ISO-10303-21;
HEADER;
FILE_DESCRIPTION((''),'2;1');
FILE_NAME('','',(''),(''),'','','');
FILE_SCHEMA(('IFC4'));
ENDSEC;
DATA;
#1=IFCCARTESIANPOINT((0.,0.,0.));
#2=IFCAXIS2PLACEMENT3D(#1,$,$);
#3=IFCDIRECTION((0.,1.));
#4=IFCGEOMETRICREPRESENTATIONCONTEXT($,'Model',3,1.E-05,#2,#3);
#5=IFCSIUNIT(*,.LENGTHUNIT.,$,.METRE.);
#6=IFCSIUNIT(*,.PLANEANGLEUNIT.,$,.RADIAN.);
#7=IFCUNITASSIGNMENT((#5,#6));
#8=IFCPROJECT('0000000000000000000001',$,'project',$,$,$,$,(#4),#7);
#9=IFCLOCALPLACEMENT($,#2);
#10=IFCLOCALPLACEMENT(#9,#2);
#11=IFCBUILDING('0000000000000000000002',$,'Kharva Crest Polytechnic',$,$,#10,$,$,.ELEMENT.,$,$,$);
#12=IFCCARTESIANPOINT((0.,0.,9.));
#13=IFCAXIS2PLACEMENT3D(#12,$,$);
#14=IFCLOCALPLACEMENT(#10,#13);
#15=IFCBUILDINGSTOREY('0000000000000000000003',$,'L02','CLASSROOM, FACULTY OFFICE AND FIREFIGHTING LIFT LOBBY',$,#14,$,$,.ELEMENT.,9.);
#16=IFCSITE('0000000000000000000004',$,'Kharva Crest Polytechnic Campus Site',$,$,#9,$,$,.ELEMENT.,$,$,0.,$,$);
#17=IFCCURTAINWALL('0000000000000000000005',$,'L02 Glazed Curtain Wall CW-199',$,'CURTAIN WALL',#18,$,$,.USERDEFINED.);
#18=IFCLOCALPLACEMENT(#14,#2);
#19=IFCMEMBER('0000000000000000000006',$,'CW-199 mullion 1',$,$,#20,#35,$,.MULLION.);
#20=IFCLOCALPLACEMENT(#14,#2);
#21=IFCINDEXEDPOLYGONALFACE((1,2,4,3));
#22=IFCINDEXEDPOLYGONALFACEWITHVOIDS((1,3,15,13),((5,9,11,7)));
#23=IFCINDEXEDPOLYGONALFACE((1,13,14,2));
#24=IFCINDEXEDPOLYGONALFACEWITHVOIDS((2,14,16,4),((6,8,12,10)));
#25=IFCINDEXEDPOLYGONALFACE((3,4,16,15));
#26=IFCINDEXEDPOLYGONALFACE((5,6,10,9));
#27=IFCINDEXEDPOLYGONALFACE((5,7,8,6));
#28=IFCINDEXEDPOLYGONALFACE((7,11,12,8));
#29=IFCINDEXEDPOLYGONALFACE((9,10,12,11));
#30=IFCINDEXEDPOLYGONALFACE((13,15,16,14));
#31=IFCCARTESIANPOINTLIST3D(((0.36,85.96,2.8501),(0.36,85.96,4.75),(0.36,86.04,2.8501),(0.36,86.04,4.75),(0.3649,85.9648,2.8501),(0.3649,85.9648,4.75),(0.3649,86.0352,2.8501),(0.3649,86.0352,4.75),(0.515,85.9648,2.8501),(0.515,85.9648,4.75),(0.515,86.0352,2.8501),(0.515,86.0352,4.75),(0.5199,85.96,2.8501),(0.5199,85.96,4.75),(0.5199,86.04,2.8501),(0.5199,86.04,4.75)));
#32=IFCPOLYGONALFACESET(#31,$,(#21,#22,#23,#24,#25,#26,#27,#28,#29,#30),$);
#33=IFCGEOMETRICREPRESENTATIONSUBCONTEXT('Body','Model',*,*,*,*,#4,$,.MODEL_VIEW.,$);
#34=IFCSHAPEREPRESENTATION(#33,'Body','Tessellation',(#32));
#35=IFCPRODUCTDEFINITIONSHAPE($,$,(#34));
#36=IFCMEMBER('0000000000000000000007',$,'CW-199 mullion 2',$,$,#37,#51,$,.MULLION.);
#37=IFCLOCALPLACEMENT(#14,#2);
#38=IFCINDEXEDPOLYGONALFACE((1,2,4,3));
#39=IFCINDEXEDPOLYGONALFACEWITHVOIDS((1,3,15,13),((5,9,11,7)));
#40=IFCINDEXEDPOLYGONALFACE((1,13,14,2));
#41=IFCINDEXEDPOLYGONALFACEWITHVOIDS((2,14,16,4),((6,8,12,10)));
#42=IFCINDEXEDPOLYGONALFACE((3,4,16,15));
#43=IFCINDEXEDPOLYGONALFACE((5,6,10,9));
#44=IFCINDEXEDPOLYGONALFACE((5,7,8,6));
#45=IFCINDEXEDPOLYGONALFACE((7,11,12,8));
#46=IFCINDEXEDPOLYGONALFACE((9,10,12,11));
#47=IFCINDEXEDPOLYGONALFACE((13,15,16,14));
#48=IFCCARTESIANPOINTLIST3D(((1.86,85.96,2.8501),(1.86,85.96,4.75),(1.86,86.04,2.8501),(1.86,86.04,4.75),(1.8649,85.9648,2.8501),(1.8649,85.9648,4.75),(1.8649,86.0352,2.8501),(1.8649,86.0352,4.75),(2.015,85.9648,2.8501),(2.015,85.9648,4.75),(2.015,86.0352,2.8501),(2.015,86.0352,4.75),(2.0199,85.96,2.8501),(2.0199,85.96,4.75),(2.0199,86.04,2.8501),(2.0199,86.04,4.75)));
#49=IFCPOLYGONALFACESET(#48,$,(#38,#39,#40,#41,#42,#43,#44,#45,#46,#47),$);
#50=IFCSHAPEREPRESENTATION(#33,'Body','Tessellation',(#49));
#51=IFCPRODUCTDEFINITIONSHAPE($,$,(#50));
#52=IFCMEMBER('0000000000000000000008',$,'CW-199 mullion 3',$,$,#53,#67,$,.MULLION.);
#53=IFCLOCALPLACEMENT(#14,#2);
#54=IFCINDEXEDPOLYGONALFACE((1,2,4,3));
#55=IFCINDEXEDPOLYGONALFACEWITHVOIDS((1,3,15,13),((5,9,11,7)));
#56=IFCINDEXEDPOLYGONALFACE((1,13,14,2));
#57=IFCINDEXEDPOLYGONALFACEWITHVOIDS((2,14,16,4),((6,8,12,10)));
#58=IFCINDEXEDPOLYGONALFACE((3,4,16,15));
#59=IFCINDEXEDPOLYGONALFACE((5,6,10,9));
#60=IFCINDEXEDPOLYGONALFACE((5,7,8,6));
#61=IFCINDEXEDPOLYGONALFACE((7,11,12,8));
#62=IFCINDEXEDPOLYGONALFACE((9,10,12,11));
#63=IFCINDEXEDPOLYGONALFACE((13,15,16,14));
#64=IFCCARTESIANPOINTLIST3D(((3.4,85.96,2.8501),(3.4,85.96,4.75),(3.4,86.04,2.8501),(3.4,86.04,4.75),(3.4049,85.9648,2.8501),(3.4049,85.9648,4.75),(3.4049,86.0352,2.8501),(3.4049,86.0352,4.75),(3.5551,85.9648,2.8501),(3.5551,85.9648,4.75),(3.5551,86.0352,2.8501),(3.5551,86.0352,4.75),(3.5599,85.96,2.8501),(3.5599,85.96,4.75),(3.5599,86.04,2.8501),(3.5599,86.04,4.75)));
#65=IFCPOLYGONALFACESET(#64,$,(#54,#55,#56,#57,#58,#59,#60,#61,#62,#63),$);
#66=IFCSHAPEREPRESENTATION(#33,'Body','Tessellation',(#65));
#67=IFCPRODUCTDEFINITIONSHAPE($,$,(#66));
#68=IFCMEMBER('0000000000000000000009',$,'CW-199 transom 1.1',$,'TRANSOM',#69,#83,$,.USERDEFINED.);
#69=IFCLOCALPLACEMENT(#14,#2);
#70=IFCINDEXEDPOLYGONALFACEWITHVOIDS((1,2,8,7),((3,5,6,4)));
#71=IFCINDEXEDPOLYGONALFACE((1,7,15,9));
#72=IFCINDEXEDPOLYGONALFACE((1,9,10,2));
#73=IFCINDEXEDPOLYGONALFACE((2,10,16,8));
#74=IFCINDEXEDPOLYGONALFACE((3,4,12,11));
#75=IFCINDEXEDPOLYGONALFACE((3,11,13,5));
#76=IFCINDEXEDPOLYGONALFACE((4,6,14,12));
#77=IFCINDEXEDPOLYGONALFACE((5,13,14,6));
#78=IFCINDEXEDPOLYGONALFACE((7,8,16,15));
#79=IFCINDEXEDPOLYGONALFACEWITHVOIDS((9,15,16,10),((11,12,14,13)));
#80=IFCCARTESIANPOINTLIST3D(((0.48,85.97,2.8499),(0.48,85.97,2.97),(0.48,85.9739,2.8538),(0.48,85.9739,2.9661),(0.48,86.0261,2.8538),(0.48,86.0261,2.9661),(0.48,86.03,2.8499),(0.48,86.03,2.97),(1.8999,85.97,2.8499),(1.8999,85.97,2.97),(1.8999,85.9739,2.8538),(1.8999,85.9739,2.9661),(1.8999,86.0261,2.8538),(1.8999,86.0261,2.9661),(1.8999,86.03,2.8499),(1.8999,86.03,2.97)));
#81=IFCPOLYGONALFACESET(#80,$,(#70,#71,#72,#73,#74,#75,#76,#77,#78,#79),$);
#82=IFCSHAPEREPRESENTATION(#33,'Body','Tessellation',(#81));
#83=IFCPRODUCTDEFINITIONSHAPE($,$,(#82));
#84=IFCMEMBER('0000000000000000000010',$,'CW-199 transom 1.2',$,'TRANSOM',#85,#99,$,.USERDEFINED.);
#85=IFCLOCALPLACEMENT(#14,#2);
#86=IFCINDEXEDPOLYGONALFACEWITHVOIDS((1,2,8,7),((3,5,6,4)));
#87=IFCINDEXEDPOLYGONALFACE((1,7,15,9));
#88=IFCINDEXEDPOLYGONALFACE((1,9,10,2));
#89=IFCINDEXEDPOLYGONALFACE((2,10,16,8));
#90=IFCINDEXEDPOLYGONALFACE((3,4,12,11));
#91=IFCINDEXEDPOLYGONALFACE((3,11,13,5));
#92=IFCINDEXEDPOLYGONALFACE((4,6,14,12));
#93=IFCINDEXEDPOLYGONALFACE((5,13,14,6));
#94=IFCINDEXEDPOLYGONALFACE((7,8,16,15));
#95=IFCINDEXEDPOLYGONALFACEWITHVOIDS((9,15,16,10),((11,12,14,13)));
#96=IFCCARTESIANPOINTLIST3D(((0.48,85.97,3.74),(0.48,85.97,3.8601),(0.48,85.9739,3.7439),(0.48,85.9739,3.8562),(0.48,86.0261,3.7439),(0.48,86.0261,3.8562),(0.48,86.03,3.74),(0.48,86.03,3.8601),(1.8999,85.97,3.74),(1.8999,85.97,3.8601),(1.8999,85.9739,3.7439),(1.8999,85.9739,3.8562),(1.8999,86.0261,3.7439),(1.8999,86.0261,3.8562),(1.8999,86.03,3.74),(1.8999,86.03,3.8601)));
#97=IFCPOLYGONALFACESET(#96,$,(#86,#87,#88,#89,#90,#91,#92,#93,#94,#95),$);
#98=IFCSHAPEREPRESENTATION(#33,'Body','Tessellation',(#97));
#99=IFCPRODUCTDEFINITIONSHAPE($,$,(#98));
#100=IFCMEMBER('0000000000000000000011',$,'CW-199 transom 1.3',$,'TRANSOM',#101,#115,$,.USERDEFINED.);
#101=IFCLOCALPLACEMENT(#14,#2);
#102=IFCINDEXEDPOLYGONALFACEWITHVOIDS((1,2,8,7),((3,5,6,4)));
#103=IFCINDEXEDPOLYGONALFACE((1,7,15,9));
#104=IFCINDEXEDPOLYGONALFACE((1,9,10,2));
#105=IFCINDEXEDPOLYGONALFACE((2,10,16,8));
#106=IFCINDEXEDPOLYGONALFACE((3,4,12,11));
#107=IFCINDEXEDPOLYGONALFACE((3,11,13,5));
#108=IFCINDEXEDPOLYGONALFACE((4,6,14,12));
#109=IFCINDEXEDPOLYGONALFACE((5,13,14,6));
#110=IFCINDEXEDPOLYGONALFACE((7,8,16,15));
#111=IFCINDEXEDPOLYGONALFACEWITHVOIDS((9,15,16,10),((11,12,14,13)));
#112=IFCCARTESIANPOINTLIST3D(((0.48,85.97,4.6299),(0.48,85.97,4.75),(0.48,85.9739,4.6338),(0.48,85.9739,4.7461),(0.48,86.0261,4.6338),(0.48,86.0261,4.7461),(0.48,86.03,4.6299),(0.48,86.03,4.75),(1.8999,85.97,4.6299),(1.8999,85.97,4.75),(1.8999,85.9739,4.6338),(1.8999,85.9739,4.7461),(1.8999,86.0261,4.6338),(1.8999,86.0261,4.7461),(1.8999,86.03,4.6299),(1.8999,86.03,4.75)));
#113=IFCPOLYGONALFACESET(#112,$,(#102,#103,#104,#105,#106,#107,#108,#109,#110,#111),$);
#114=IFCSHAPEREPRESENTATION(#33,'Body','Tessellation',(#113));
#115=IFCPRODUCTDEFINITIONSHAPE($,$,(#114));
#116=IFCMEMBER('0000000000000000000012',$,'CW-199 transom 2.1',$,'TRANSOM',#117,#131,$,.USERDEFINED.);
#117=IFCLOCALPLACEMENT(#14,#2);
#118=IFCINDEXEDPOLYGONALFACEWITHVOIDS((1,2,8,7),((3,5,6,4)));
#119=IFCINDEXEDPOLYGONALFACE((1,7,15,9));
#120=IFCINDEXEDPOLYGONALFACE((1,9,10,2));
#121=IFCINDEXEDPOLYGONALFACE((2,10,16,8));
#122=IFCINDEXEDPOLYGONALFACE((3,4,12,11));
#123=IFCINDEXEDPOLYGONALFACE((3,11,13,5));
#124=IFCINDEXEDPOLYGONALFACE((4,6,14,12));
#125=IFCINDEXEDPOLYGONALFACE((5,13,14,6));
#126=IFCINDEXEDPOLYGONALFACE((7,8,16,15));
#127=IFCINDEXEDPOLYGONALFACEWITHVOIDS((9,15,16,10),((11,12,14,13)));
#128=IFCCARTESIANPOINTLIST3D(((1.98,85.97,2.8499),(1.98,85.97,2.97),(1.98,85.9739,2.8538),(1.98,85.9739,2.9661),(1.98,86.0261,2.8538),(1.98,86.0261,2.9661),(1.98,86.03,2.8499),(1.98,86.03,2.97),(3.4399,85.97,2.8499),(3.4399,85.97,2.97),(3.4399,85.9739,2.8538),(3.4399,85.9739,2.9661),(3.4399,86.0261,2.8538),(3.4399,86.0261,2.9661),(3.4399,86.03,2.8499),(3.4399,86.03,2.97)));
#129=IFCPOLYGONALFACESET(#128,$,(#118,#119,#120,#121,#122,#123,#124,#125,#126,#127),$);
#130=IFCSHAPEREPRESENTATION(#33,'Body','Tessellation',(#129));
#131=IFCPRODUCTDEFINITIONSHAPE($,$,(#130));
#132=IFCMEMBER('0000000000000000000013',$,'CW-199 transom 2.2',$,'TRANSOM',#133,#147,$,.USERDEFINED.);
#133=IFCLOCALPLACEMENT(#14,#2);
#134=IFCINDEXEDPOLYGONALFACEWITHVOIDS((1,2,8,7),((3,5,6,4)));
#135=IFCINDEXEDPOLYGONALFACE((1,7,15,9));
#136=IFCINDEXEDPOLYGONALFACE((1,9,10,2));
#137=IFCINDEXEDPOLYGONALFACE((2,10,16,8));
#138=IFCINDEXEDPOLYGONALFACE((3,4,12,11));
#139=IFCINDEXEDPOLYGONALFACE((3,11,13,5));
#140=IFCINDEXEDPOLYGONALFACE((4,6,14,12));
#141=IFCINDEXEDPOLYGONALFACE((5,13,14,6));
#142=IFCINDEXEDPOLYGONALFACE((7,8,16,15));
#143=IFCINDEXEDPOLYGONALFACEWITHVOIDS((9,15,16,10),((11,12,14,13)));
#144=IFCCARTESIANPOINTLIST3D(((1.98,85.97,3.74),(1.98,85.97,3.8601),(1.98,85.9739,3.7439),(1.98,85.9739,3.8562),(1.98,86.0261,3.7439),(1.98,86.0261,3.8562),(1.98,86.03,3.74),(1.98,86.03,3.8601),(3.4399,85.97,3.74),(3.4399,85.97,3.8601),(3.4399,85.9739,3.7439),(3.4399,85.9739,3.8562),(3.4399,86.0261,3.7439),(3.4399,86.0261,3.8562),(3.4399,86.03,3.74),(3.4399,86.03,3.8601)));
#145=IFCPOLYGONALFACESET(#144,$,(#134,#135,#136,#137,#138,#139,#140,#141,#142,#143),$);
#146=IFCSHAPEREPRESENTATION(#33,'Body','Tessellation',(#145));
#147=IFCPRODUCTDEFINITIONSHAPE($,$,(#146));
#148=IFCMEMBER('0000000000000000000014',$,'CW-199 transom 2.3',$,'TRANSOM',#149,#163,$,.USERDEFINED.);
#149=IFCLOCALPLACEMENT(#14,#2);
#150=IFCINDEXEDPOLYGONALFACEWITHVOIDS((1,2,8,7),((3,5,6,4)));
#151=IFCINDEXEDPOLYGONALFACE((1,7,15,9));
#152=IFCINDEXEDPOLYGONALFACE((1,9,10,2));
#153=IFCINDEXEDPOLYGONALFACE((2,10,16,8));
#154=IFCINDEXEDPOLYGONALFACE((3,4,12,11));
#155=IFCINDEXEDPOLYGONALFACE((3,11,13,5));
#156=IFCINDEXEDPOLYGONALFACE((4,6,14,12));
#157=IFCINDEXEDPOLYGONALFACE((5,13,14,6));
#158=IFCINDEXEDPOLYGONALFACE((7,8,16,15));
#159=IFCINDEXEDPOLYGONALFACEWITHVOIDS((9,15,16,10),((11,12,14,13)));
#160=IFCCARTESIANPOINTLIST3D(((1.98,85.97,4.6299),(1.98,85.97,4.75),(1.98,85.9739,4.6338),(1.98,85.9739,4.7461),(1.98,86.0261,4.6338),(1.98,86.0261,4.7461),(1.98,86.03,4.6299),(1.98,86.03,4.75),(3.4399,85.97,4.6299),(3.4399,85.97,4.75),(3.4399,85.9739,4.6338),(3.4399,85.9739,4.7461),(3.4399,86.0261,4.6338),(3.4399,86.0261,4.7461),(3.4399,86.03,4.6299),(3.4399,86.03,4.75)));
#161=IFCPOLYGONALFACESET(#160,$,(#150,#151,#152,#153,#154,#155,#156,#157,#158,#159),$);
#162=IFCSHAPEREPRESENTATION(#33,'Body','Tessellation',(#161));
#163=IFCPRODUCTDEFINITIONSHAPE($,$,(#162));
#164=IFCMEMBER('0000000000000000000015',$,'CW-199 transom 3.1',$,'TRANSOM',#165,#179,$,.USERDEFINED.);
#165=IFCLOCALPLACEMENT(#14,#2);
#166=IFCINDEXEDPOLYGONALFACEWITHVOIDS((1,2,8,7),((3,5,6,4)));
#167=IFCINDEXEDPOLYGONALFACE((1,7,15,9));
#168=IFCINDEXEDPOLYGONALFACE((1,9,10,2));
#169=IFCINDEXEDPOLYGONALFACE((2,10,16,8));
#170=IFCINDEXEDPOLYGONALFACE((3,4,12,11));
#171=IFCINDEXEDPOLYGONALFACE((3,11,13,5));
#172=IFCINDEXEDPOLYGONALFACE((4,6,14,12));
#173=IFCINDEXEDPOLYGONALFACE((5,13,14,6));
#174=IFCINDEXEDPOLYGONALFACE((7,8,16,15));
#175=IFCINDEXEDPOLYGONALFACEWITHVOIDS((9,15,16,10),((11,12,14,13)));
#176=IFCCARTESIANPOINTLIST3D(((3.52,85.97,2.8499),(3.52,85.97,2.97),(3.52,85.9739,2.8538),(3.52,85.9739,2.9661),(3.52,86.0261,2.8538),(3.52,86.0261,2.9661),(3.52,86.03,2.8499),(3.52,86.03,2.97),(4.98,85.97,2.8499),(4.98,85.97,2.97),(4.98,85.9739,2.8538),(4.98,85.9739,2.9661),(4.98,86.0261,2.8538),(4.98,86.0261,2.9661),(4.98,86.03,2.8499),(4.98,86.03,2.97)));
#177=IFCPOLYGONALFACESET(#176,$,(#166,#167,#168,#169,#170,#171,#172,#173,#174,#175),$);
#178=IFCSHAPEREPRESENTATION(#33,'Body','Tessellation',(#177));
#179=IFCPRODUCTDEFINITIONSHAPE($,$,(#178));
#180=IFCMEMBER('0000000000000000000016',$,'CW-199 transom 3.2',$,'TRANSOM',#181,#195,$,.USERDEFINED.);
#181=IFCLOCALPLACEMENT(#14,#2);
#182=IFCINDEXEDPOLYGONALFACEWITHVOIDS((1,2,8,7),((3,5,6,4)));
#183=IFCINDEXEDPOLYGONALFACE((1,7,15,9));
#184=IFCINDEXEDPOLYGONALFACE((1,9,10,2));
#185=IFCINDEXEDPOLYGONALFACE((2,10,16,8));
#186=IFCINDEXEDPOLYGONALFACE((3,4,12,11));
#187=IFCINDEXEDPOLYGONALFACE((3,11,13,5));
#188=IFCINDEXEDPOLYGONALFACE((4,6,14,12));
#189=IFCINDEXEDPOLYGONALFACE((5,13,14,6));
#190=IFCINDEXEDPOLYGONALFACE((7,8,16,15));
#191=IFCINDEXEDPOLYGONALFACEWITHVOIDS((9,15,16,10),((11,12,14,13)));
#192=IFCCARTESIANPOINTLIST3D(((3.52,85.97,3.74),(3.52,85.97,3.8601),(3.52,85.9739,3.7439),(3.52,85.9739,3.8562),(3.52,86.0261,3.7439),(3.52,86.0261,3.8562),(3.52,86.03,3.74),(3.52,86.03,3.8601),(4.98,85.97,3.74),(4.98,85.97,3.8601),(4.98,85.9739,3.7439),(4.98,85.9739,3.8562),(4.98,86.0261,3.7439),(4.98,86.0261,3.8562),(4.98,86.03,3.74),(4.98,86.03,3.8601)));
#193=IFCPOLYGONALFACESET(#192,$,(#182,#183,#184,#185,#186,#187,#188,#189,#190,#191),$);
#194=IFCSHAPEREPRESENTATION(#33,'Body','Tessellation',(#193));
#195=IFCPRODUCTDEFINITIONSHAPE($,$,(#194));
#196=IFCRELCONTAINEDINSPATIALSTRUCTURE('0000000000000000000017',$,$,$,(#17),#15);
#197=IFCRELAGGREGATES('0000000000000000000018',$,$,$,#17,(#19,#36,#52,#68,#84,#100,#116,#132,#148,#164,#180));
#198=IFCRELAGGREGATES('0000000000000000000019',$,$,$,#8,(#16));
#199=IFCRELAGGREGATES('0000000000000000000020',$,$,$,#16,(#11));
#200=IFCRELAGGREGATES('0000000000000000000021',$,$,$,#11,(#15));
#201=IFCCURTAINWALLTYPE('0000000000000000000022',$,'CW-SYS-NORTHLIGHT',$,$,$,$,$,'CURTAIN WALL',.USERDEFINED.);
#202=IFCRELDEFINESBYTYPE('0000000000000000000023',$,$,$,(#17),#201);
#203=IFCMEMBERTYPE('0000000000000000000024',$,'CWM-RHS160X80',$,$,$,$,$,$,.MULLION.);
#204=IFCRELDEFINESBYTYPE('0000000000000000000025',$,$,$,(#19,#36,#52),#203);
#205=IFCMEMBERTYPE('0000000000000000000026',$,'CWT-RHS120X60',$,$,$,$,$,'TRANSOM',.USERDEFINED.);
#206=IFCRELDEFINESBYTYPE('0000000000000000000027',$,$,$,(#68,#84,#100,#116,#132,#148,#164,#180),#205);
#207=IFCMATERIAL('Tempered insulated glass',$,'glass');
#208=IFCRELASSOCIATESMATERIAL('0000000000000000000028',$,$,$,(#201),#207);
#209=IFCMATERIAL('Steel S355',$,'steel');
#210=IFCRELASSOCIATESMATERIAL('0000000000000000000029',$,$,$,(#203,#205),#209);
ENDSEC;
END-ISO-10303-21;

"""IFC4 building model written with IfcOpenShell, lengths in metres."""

from ifc_helpers import new_model, si_unit, direction, frame, origin, origin_2d, place, context, subcontext, project, spatial, hollow_rectangle, extrude, material, material_profile, profile_set, type_object, element, aggregate, save


model = new_model("IFC4")

# Units and contexts
model_context = context("Model", 3, precision=1e-05, world=origin(), true_north=direction((0.0, 1.0)))
body_context = subcontext(model_context, "Body", "Model", "MODEL_VIEW")
ifc_project = project(units=[si_unit("LENGTHUNIT", "METRE"), si_unit("PLANEANGLEUNIT", "RADIAN")], contexts=[model_context])

# Site, building, storey
site_placement = place(None, origin())
site = spatial("IfcSite", under=ifc_project, at=site_placement, Name="Kharva Crest Polytechnic Campus Site", CompositionType="ELEMENT", RefElevation=0.0)
building_placement = place(site_placement, origin())
building = spatial("IfcBuilding", under=site, at=building_placement, Name="Kharva Crest Polytechnic", CompositionType="ELEMENT")
storey_placement = place(building_placement, frame((0.0, 0.0, 9.0)))
storey = spatial("IfcBuildingStorey", under=building, at=storey_placement, Name="L02", Description="CLASSROOM, FACULTY OFFICE AND FIREFIGHTING LIFT LOBBY", CompositionType="ELEMENT", Elevation=9.0)

# Curtain wall, members
ifc_material_1 = material(Name="Tempered insulated glass", Category="glass")
curtain_wall_type = type_object("IfcCurtainWallType", Name="CW-SYS-NORTHLIGHT", ElementType="CURTAIN WALL", PredefinedType="USERDEFINED", material=ifc_material_1)
curtain_wall_placement = place(storey_placement, origin())
curtain_wall = element("IfcCurtainWall", 1, at=curtain_wall_placement, inside=storey, type_object=curtain_wall_type, Name="L02 Glazed Curtain Wall CW-199", ObjectType="CURTAIN WALL", PredefinedType="USERDEFINED")
ifc_material_2 = material(Name="Steel S355", Category="steel")
ifc_material_profile_1 = material_profile(ifc_material_2, hollow_rectangle(XDim=0.0801, YDim=0.1599, WallThickness=0.0049, at=origin_2d()), Name="RHS 160X80X5.0")
ifc_profile_set_1 = profile_set([ifc_material_profile_1], Name="Steel S355")
member_type_1 = type_object("IfcMemberType", Name="CWM-RHS160X80", PredefinedType="MULLION", material=ifc_profile_set_1)
member_1_placement = place(storey_placement, frame((0.4399, 86.0, 2.8501), z_axis=(0.0, 0.0, 1.0), x_axis=(0.0, 1.0, 0.0)))
member_1 = element("IfcMember", 2, at=member_1_placement, type_object=member_type_1, Name="CW-199 mullion 1", PredefinedType="MULLION", context=body_context, shape_type="SweptSolid", body=[
    extrude(hollow_rectangle(XDim=0.0801, YDim=0.1599, WallThickness=0.0049, at=origin_2d()), origin(), (0.0, 0.0, 1.0), 1.8999),
])
member_2_placement = place(storey_placement, frame((1.9399, 86.0, 2.8501), z_axis=(0.0, 0.0, 1.0), x_axis=(0.0, 1.0, 0.0)))
member_2 = element("IfcMember", 3, at=member_2_placement, type_object=member_type_1, Name="CW-199 mullion 2", PredefinedType="MULLION", context=body_context, shape_type="SweptSolid", body=[
    extrude(hollow_rectangle(XDim=0.0801, YDim=0.1599, WallThickness=0.0049, at=origin_2d()), origin(), (0.0, 0.0, 1.0), 1.8999),
])
member_3_placement = place(storey_placement, frame((3.48, 86.0, 2.8501), z_axis=(0.0, 0.0, 1.0), x_axis=(0.0, 1.0, 0.0)))
member_3 = element("IfcMember", 4, at=member_3_placement, type_object=member_type_1, Name="CW-199 mullion 3", PredefinedType="MULLION", context=body_context, shape_type="SweptSolid", body=[
    extrude(hollow_rectangle(XDim=0.0801, YDim=0.1599, WallThickness=0.0049, at=origin_2d()), origin(), (0.0, 0.0, 1.0), 1.8999),
])
ifc_material_profile_2 = material_profile(ifc_material_2, hollow_rectangle(XDim=0.0601, YDim=0.1201, WallThickness=0.0039, at=origin_2d()), Name="RHS 120X60X4.0")
ifc_profile_set_2 = profile_set([ifc_material_profile_2], Name="Steel S355")
member_type_2 = type_object("IfcMemberType", Name="CWT-RHS120X60", ElementType="TRANSOM", PredefinedType="USERDEFINED", material=ifc_profile_set_2)
member_4_placement = place(storey_placement, frame((0.48, 86.0, 2.9099), z_axis=(1.0, 0.0, 0.0), x_axis=(0.0, 1.0, 0.0)))
member_4 = element("IfcMember", 5, at=member_4_placement, type_object=member_type_2, Name="CW-199 transom 1.1", ObjectType="TRANSOM", PredefinedType="USERDEFINED", context=body_context, shape_type="SweptSolid", body=[
    extrude(hollow_rectangle(XDim=0.0601, YDim=0.1201, WallThickness=0.0039, at=origin_2d()), origin(), (0.0, 0.0, 1.0), 1.4199),
])
member_5_placement = place(storey_placement, frame((0.48, 86.0, 3.8), z_axis=(1.0, 0.0, 0.0), x_axis=(0.0, 1.0, 0.0)))
member_5 = element("IfcMember", 6, at=member_5_placement, type_object=member_type_2, Name="CW-199 transom 1.2", ObjectType="TRANSOM", PredefinedType="USERDEFINED", context=body_context, shape_type="SweptSolid", body=[
    extrude(hollow_rectangle(XDim=0.0601, YDim=0.1201, WallThickness=0.0039, at=origin_2d()), origin(), (0.0, 0.0, 1.0), 1.4199),
])
member_6_placement = place(storey_placement, frame((0.48, 86.0, 4.6899), z_axis=(1.0, 0.0, 0.0), x_axis=(0.0, 1.0, 0.0)))
member_6 = element("IfcMember", 7, at=member_6_placement, type_object=member_type_2, Name="CW-199 transom 1.3", ObjectType="TRANSOM", PredefinedType="USERDEFINED", context=body_context, shape_type="SweptSolid", body=[
    extrude(hollow_rectangle(XDim=0.0601, YDim=0.1201, WallThickness=0.0039, at=origin_2d()), origin(), (0.0, 0.0, 1.0), 1.4199),
])
member_7_placement = place(storey_placement, frame((1.98, 86.0, 2.9099), z_axis=(1.0, 0.0, 0.0), x_axis=(0.0, 1.0, 0.0)))
member_7 = element("IfcMember", 8, at=member_7_placement, type_object=member_type_2, Name="CW-199 transom 2.1", ObjectType="TRANSOM", PredefinedType="USERDEFINED", context=body_context, shape_type="SweptSolid", body=[
    extrude(hollow_rectangle(XDim=0.0601, YDim=0.1201, WallThickness=0.0039, at=origin_2d()), origin(), (0.0, 0.0, 1.0), 1.46),
])
member_8_placement = place(storey_placement, frame((1.98, 86.0, 3.8), z_axis=(1.0, 0.0, 0.0), x_axis=(0.0, 1.0, 0.0)))
member_8 = element("IfcMember", 9, at=member_8_placement, type_object=member_type_2, Name="CW-199 transom 2.2", ObjectType="TRANSOM", PredefinedType="USERDEFINED", context=body_context, shape_type="SweptSolid", body=[
    extrude(hollow_rectangle(XDim=0.0601, YDim=0.1201, WallThickness=0.0039, at=origin_2d()), origin(), (0.0, 0.0, 1.0), 1.46),
])
member_9_placement = place(storey_placement, frame((1.98, 86.0, 4.6899), z_axis=(1.0, 0.0, 0.0), x_axis=(0.0, 1.0, 0.0)))
member_9 = element("IfcMember", 10, at=member_9_placement, type_object=member_type_2, Name="CW-199 transom 2.3", ObjectType="TRANSOM", PredefinedType="USERDEFINED", context=body_context, shape_type="SweptSolid", body=[
    extrude(hollow_rectangle(XDim=0.0601, YDim=0.1201, WallThickness=0.0039, at=origin_2d()), origin(), (0.0, 0.0, 1.0), 1.46),
])
member_10_placement = place(storey_placement, frame((3.52, 86.0, 2.9099), z_axis=(1.0, 0.0, 0.0), x_axis=(0.0, 1.0, 0.0)))
member_10 = element("IfcMember", 11, at=member_10_placement, type_object=member_type_2, Name="CW-199 transom 3.1", ObjectType="TRANSOM", PredefinedType="USERDEFINED", context=body_context, shape_type="SweptSolid", body=[
    extrude(hollow_rectangle(XDim=0.0601, YDim=0.1201, WallThickness=0.0039, at=origin_2d()), origin(), (0.0, 0.0, 1.0), 1.46),
])
member_11_placement = place(storey_placement, frame((3.52, 86.0, 3.8), z_axis=(1.0, 0.0, 0.0), x_axis=(0.0, 1.0, 0.0)))
member_11 = element("IfcMember", 12, at=member_11_placement, type_object=member_type_2, Name="CW-199 transom 3.2", ObjectType="TRANSOM", PredefinedType="USERDEFINED", context=body_context, shape_type="SweptSolid", body=[
    extrude(hollow_rectangle(XDim=0.0601, YDim=0.1201, WallThickness=0.0039, at=origin_2d()), origin(), (0.0, 0.0, 1.0), 1.46),
])

aggregate(curtain_wall, [member_1, member_2, member_3, member_4, member_5, member_6, member_7, member_8, member_9, member_10, member_11])

save(model, "model.ifc")
